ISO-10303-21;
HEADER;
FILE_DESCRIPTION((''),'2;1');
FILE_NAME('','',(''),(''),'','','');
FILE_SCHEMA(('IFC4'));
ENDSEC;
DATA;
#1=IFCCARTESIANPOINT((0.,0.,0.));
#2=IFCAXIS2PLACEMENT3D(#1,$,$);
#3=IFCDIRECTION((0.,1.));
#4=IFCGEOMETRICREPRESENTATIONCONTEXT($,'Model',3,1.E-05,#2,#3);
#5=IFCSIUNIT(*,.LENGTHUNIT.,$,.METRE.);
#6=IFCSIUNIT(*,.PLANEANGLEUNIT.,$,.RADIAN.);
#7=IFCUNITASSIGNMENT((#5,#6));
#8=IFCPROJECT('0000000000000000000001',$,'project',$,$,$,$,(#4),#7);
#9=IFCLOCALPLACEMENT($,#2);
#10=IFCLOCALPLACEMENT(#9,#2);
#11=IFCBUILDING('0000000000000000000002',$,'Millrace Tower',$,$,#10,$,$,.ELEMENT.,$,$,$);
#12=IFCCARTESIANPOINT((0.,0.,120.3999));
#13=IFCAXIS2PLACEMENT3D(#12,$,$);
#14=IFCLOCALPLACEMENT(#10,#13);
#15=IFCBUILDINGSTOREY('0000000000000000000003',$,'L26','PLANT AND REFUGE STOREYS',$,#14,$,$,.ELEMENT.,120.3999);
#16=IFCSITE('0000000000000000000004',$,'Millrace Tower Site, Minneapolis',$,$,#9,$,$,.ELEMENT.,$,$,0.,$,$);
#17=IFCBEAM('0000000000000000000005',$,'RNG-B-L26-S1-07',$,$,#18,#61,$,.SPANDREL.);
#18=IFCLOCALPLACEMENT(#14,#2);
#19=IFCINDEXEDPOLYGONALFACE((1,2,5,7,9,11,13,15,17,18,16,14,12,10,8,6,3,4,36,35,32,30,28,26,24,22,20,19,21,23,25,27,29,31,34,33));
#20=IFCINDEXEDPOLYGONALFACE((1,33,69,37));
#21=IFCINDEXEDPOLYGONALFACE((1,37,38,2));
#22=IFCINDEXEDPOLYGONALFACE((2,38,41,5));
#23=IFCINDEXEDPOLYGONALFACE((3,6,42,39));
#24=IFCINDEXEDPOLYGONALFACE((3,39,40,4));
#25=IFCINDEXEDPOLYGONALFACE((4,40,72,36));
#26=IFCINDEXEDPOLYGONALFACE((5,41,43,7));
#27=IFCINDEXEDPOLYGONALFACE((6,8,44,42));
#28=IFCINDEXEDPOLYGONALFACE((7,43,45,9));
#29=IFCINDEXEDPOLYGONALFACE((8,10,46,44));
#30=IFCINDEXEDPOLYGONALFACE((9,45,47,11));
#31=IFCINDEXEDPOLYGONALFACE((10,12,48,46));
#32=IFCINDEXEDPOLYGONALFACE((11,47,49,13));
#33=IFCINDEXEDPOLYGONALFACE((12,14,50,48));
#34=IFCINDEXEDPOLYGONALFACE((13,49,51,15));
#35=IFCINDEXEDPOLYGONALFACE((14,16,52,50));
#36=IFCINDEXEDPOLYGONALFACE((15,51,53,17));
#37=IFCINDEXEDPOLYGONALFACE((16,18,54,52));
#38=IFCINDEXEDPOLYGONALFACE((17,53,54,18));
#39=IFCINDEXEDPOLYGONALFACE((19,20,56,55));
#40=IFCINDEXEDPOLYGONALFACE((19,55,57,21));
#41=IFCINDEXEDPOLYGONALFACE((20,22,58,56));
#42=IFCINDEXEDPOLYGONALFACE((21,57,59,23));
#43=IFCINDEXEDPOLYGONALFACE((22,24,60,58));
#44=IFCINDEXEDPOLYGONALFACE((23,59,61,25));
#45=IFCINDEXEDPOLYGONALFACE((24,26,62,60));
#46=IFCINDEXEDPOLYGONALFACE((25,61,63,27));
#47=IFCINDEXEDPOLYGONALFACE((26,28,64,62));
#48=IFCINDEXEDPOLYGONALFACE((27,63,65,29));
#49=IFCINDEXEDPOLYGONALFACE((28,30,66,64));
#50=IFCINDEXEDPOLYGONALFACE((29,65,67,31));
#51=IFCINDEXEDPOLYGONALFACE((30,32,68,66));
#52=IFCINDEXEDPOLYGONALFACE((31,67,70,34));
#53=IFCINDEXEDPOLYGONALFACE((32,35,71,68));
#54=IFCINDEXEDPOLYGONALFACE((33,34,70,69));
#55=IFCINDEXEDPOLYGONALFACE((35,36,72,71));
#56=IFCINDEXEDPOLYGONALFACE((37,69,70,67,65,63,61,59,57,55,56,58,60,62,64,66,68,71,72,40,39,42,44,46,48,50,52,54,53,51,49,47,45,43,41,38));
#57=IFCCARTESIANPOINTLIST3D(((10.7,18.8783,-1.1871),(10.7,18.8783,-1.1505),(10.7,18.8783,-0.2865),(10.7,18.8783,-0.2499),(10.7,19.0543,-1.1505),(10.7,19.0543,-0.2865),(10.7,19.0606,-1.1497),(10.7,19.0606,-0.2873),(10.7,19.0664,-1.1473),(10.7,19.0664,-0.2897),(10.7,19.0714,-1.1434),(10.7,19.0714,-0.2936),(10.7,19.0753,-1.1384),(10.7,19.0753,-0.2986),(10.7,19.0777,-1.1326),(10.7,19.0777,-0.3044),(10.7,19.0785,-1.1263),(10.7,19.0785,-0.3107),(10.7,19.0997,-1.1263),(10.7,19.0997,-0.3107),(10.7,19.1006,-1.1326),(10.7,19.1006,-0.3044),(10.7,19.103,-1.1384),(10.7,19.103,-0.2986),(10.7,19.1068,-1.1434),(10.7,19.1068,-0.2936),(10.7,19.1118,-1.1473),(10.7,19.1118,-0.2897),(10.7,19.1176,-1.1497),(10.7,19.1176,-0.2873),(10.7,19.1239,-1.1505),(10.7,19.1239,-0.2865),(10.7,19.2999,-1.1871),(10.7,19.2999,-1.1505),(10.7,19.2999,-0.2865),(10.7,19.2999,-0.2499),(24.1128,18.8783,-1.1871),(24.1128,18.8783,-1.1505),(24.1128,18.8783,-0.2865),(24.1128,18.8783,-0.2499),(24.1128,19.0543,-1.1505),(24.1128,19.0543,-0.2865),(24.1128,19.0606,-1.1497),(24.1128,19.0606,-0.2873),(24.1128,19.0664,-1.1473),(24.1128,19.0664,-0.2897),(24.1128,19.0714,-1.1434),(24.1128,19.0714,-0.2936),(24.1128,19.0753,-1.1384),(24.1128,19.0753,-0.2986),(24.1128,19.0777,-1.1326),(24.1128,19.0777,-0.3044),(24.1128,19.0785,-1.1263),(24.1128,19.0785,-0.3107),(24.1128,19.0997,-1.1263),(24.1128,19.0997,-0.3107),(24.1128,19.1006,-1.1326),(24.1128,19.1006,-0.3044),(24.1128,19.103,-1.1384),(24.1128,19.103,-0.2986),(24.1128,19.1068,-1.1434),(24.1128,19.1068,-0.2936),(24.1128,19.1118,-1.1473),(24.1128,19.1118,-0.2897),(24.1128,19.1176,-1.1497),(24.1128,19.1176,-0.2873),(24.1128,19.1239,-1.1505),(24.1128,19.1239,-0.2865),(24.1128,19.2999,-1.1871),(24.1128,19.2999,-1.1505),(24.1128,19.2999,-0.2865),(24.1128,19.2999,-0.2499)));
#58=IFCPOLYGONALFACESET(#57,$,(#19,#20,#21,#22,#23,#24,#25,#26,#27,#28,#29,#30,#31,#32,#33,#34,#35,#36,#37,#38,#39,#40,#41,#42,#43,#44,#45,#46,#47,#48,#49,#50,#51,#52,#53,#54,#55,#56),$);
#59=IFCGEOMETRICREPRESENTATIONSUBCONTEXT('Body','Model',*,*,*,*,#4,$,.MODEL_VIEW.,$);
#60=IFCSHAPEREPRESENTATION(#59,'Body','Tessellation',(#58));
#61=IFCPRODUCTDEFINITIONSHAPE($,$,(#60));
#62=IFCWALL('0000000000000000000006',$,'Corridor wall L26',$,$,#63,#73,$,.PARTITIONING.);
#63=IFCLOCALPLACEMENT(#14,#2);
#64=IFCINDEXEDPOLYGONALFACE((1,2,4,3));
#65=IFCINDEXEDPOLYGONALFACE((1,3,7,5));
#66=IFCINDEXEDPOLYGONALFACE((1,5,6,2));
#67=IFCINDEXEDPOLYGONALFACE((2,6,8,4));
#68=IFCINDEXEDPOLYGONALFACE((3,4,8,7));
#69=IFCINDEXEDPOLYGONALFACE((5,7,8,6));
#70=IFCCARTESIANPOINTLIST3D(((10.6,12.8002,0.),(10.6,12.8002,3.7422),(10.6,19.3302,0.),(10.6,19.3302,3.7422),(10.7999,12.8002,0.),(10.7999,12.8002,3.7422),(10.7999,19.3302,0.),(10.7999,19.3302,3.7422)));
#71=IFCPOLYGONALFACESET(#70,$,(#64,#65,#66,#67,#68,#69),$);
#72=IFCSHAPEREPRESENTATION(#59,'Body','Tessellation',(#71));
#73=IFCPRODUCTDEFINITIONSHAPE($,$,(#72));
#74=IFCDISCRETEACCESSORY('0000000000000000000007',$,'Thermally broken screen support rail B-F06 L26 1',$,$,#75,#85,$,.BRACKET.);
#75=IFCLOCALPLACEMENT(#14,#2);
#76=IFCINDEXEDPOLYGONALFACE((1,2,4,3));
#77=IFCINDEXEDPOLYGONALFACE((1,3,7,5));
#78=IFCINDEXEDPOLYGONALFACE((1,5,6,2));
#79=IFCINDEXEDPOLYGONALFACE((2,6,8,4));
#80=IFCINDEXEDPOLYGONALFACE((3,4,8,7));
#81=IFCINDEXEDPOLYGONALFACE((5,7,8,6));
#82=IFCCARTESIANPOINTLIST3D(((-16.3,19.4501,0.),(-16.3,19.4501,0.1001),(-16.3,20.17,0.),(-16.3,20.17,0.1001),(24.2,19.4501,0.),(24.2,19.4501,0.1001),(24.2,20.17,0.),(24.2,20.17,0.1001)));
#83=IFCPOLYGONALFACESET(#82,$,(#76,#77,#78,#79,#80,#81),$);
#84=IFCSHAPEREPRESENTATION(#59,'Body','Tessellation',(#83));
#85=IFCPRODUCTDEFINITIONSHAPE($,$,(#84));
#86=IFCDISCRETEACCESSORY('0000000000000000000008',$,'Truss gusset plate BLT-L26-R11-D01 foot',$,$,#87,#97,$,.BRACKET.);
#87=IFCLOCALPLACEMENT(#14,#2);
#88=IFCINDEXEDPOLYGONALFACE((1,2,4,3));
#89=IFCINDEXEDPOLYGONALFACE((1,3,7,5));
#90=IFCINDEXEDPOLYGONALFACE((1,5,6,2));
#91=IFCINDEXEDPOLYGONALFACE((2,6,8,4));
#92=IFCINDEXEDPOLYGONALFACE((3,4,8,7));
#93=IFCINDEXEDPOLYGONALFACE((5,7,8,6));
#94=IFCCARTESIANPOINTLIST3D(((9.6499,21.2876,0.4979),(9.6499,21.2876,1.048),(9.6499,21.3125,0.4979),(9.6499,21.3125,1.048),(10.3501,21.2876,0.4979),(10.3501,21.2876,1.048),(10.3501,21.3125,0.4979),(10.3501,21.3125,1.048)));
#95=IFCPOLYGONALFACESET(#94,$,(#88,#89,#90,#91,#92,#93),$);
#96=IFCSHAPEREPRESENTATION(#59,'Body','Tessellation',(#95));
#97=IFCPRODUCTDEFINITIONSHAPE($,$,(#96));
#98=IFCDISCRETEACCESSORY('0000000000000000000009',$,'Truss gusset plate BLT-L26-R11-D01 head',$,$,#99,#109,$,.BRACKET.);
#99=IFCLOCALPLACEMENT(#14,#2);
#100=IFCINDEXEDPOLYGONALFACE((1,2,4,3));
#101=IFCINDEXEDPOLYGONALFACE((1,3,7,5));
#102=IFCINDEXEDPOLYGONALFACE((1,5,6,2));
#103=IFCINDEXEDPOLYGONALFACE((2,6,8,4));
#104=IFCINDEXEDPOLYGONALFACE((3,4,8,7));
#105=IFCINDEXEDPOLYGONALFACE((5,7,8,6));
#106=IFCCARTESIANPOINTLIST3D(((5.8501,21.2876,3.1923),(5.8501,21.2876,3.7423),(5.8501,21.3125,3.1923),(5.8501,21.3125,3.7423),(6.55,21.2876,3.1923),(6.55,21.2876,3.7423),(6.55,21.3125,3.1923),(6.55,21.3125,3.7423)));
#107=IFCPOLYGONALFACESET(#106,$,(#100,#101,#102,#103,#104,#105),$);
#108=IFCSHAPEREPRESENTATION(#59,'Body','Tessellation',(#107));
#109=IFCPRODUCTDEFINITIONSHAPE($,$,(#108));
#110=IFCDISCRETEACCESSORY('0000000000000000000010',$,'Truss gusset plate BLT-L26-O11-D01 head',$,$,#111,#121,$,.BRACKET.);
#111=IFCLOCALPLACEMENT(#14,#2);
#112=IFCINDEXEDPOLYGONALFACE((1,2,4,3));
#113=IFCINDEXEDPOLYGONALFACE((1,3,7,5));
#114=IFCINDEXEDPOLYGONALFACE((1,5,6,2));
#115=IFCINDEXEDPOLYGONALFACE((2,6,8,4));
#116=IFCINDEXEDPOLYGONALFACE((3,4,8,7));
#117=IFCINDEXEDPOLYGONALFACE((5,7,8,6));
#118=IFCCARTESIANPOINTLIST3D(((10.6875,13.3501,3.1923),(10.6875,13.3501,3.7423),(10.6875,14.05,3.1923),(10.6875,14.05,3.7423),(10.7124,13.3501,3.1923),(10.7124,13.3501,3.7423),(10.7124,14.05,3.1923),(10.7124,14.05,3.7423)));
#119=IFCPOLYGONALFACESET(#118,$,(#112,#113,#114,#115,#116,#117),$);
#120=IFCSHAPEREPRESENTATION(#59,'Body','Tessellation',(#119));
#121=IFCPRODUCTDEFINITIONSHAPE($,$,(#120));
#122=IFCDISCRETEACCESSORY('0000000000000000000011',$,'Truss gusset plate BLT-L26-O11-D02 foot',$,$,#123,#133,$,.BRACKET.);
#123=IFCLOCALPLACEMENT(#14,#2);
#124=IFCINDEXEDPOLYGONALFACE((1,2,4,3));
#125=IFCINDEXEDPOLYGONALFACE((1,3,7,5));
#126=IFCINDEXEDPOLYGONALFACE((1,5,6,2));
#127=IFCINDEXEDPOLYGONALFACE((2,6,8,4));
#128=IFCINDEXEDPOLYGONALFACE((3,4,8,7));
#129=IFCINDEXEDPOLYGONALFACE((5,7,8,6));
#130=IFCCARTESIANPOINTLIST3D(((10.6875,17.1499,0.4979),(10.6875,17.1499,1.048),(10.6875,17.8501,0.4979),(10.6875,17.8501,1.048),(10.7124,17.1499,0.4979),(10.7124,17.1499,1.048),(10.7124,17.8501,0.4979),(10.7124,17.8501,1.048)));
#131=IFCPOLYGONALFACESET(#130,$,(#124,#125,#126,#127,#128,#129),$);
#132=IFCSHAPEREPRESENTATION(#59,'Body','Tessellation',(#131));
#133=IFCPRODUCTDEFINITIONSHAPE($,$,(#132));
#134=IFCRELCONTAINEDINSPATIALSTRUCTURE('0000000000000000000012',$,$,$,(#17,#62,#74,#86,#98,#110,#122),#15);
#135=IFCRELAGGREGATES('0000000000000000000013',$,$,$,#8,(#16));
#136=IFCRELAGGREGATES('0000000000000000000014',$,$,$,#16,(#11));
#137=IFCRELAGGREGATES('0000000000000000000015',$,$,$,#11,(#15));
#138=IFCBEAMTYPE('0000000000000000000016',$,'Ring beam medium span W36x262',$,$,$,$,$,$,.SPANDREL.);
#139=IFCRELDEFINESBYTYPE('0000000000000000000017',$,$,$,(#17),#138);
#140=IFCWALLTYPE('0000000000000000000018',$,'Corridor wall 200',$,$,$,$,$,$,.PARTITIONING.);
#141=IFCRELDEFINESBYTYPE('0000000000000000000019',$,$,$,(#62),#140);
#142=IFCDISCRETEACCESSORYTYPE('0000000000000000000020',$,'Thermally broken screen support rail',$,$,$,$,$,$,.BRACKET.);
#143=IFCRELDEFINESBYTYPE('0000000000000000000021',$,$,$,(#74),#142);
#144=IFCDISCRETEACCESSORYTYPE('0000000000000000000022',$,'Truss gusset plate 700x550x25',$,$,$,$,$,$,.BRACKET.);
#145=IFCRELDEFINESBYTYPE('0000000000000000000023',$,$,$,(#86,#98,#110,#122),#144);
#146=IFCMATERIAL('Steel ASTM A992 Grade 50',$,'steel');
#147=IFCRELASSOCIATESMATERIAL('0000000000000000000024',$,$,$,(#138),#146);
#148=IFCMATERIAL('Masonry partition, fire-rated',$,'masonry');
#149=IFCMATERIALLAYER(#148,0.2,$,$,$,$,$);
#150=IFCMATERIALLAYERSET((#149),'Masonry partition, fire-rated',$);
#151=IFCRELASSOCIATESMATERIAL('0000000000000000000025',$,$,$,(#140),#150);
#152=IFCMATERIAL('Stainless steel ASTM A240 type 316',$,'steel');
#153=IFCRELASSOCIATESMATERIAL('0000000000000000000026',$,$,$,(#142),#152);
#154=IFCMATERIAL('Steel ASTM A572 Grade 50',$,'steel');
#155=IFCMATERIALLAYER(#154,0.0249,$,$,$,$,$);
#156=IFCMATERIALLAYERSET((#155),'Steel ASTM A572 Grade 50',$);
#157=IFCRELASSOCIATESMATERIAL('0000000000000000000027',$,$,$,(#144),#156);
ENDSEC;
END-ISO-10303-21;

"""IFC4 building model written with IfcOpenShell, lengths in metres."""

from ifc_helpers import new_model, si_unit, direction, frame, frame_2d, origin, origin_2d, place, context, subcontext, project, spatial, rectangle, i_section, extrude, material, layer, layer_set, material_profile, profile_set, type_object, element, save


model = new_model("IFC4")

# Units and contexts
model_context = context("Model", 3, precision=1e-05, world=origin(), true_north=direction((0.0, 1.0)))
body_context = subcontext(model_context, "Body", "Model", "MODEL_VIEW")
ifc_project = project(units=[si_unit("LENGTHUNIT", "METRE"), si_unit("PLANEANGLEUNIT", "RADIAN")], contexts=[model_context])

# Site, building, storey
site_placement = place(None, origin())
site = spatial("IfcSite", under=ifc_project, at=site_placement, Name="Millrace Tower Site, Minneapolis", CompositionType="ELEMENT", RefElevation=0.0)
building_placement = place(site_placement, origin())
building = spatial("IfcBuilding", under=site, at=building_placement, Name="Millrace Tower", CompositionType="ELEMENT")
storey_placement = place(building_placement, frame((0.0, 0.0, 120.3999)))
storey = spatial("IfcBuildingStorey", under=building, at=storey_placement, Name="L26", Description="PLANT AND REFUGE STOREYS", CompositionType="ELEMENT", Elevation=120.3999)

# Beam
ifc_material_1 = material(Name="Steel ASTM A992 Grade 50", Category="steel")
ifc_material_profile_1 = material_profile(ifc_material_1, i_section(OverallWidth=0.4216, OverallDepth=0.9373, WebThickness=0.0212, FlangeThickness=0.0366, FilletRadius=0.0242, at=origin_2d()))
ifc_profile_set_1 = profile_set([ifc_material_profile_1], Name="Steel ASTM A992 Grade 50")
beam_type_1 = type_object("IfcBeamType", Name="Ring beam medium span W36x262", PredefinedType="SPANDREL", material=ifc_profile_set_1)
beam_1_placement = place(storey_placement, frame((10.7, 19.0891, -0.7185), z_axis=(1.0, 0.0, 0.0), x_axis=(0.0, 1.0, 0.0)))
element("IfcBeam", 1, at=beam_1_placement, inside=storey, type_object=beam_type_1, Name="RNG-B-L26-S1-07", PredefinedType="SPANDREL", context=body_context, shape_type="SweptSolid", body=[
    extrude(i_section(OverallWidth=0.4216, OverallDepth=0.9373, WebThickness=0.0212, FlangeThickness=0.0366, FilletRadius=0.0242, at=origin_2d()), origin(), (0.0, 0.0, 1.0), 13.4128),
])

# Wall
ifc_material_2 = material(Name="Masonry partition, fire-rated", Category="masonry")
ifc_layer_1 = layer(ifc_material_2, 0.2)
ifc_layer_set_1 = layer_set([ifc_layer_1], Name="Masonry partition, fire-rated")
wall_type = type_object("IfcWallType", Name="Corridor wall 200", PredefinedType="PARTITIONING", material=ifc_layer_set_1)
wall_placement = place(storey_placement, frame((10.7, 12.8, 0.0), z_axis=(0.0, 0.0, 1.0), x_axis=(0.0, 1.0, 0.0)))
element("IfcWall", 2, at=wall_placement, inside=storey, type_object=wall_type, Name="Corridor wall L26", PredefinedType="PARTITIONING", context=body_context, shape_type="SweptSolid", body=[
    extrude(rectangle(XDim=6.53, YDim=0.2, at=frame_2d((3.2651, 0.0))), origin(), (0.0, 0.0, 1.0), 3.7422),
])

# Discrete accessories
ifc_material_3 = material(Name="Stainless steel ASTM A240 type 316", Category="steel")
discrete_accessory_type_1 = type_object("IfcDiscreteAccessoryType", Name="Thermally broken screen support rail", PredefinedType="BRACKET", material=ifc_material_3)
discrete_accessory_1_placement = place(storey_placement, frame((3.95, 19.8101, 0.0), z_axis=(0.0, 0.0, 1.0), x_axis=(-1.0, 0.0, 0.0)))
element("IfcDiscreteAccessory", 3, at=discrete_accessory_1_placement, inside=storey, type_object=discrete_accessory_type_1, Name="Thermally broken screen support rail B-F06 L26 1", PredefinedType="BRACKET", context=body_context, shape_type="SweptSolid", body=[
    extrude(rectangle(XDim=40.5, YDim=0.72, at=origin_2d()), origin(), (0.0, 0.0, 1.0), 0.1001),
])
ifc_material_4 = material(Name="Steel ASTM A572 Grade 50", Category="steel")
ifc_layer_2 = layer(ifc_material_4, 0.0249)
ifc_layer_set_2 = layer_set([ifc_layer_2], Name="Steel ASTM A572 Grade 50")
discrete_accessory_type_2 = type_object("IfcDiscreteAccessoryType", Name="Truss gusset plate 700x550x25", PredefinedType="BRACKET", material=ifc_layer_set_2)
discrete_accessory_2_placement = place(storey_placement, frame((9.6499, 21.3, 0.7729), z_axis=(1.0, 0.0, 0.0), x_axis=(0.0, 1.0, 0.0)))
element("IfcDiscreteAccessory", 4, at=discrete_accessory_2_placement, inside=storey, type_object=discrete_accessory_type_2, Name="Truss gusset plate BLT-L26-R11-D01 foot", PredefinedType="BRACKET", context=body_context, shape_type="SweptSolid", body=[
    extrude(rectangle(XDim=0.0249, YDim=0.55, at=origin_2d()), origin(), (0.0, 0.0, 1.0), 0.7002),
])
for number, where, z_axis, x_axis, name in (
    (5, (5.8501, 21.3, 3.4673), (1.0, 0.0, 0.0), (0.0, 1.0, 0.0), "Truss gusset plate BLT-L26-R11-D01 head"),
    (6, (10.7, 13.3501, 3.4673), (0.0, 1.0, 0.0), (-1.0, 0.0, 0.0), "Truss gusset plate BLT-L26-O11-D01 head"),
):
    element("IfcDiscreteAccessory", number, at=place(storey_placement, frame(where, z_axis=z_axis, x_axis=x_axis)), inside=storey, type_object=discrete_accessory_type_2, Name=name, PredefinedType="BRACKET", context=body_context, shape_type="SweptSolid", body=[
        extrude(rectangle(XDim=0.0249, YDim=0.55, at=origin_2d()), origin(), (0.0, 0.0, 1.0), 0.7),
    ])
discrete_accessory_3_placement = place(storey_placement, frame((10.7, 17.1499, 0.7729), z_axis=(0.0, 1.0, 0.0), x_axis=(-1.0, 0.0, 0.0)))
element("IfcDiscreteAccessory", 7, at=discrete_accessory_3_placement, inside=storey, type_object=discrete_accessory_type_2, Name="Truss gusset plate BLT-L26-O11-D02 foot", PredefinedType="BRACKET", context=body_context, shape_type="SweptSolid", body=[
    extrude(rectangle(XDim=0.0249, YDim=0.55, at=origin_2d()), origin(), (0.0, 0.0, 1.0), 0.7002),
])

save(model, "model.ifc")
